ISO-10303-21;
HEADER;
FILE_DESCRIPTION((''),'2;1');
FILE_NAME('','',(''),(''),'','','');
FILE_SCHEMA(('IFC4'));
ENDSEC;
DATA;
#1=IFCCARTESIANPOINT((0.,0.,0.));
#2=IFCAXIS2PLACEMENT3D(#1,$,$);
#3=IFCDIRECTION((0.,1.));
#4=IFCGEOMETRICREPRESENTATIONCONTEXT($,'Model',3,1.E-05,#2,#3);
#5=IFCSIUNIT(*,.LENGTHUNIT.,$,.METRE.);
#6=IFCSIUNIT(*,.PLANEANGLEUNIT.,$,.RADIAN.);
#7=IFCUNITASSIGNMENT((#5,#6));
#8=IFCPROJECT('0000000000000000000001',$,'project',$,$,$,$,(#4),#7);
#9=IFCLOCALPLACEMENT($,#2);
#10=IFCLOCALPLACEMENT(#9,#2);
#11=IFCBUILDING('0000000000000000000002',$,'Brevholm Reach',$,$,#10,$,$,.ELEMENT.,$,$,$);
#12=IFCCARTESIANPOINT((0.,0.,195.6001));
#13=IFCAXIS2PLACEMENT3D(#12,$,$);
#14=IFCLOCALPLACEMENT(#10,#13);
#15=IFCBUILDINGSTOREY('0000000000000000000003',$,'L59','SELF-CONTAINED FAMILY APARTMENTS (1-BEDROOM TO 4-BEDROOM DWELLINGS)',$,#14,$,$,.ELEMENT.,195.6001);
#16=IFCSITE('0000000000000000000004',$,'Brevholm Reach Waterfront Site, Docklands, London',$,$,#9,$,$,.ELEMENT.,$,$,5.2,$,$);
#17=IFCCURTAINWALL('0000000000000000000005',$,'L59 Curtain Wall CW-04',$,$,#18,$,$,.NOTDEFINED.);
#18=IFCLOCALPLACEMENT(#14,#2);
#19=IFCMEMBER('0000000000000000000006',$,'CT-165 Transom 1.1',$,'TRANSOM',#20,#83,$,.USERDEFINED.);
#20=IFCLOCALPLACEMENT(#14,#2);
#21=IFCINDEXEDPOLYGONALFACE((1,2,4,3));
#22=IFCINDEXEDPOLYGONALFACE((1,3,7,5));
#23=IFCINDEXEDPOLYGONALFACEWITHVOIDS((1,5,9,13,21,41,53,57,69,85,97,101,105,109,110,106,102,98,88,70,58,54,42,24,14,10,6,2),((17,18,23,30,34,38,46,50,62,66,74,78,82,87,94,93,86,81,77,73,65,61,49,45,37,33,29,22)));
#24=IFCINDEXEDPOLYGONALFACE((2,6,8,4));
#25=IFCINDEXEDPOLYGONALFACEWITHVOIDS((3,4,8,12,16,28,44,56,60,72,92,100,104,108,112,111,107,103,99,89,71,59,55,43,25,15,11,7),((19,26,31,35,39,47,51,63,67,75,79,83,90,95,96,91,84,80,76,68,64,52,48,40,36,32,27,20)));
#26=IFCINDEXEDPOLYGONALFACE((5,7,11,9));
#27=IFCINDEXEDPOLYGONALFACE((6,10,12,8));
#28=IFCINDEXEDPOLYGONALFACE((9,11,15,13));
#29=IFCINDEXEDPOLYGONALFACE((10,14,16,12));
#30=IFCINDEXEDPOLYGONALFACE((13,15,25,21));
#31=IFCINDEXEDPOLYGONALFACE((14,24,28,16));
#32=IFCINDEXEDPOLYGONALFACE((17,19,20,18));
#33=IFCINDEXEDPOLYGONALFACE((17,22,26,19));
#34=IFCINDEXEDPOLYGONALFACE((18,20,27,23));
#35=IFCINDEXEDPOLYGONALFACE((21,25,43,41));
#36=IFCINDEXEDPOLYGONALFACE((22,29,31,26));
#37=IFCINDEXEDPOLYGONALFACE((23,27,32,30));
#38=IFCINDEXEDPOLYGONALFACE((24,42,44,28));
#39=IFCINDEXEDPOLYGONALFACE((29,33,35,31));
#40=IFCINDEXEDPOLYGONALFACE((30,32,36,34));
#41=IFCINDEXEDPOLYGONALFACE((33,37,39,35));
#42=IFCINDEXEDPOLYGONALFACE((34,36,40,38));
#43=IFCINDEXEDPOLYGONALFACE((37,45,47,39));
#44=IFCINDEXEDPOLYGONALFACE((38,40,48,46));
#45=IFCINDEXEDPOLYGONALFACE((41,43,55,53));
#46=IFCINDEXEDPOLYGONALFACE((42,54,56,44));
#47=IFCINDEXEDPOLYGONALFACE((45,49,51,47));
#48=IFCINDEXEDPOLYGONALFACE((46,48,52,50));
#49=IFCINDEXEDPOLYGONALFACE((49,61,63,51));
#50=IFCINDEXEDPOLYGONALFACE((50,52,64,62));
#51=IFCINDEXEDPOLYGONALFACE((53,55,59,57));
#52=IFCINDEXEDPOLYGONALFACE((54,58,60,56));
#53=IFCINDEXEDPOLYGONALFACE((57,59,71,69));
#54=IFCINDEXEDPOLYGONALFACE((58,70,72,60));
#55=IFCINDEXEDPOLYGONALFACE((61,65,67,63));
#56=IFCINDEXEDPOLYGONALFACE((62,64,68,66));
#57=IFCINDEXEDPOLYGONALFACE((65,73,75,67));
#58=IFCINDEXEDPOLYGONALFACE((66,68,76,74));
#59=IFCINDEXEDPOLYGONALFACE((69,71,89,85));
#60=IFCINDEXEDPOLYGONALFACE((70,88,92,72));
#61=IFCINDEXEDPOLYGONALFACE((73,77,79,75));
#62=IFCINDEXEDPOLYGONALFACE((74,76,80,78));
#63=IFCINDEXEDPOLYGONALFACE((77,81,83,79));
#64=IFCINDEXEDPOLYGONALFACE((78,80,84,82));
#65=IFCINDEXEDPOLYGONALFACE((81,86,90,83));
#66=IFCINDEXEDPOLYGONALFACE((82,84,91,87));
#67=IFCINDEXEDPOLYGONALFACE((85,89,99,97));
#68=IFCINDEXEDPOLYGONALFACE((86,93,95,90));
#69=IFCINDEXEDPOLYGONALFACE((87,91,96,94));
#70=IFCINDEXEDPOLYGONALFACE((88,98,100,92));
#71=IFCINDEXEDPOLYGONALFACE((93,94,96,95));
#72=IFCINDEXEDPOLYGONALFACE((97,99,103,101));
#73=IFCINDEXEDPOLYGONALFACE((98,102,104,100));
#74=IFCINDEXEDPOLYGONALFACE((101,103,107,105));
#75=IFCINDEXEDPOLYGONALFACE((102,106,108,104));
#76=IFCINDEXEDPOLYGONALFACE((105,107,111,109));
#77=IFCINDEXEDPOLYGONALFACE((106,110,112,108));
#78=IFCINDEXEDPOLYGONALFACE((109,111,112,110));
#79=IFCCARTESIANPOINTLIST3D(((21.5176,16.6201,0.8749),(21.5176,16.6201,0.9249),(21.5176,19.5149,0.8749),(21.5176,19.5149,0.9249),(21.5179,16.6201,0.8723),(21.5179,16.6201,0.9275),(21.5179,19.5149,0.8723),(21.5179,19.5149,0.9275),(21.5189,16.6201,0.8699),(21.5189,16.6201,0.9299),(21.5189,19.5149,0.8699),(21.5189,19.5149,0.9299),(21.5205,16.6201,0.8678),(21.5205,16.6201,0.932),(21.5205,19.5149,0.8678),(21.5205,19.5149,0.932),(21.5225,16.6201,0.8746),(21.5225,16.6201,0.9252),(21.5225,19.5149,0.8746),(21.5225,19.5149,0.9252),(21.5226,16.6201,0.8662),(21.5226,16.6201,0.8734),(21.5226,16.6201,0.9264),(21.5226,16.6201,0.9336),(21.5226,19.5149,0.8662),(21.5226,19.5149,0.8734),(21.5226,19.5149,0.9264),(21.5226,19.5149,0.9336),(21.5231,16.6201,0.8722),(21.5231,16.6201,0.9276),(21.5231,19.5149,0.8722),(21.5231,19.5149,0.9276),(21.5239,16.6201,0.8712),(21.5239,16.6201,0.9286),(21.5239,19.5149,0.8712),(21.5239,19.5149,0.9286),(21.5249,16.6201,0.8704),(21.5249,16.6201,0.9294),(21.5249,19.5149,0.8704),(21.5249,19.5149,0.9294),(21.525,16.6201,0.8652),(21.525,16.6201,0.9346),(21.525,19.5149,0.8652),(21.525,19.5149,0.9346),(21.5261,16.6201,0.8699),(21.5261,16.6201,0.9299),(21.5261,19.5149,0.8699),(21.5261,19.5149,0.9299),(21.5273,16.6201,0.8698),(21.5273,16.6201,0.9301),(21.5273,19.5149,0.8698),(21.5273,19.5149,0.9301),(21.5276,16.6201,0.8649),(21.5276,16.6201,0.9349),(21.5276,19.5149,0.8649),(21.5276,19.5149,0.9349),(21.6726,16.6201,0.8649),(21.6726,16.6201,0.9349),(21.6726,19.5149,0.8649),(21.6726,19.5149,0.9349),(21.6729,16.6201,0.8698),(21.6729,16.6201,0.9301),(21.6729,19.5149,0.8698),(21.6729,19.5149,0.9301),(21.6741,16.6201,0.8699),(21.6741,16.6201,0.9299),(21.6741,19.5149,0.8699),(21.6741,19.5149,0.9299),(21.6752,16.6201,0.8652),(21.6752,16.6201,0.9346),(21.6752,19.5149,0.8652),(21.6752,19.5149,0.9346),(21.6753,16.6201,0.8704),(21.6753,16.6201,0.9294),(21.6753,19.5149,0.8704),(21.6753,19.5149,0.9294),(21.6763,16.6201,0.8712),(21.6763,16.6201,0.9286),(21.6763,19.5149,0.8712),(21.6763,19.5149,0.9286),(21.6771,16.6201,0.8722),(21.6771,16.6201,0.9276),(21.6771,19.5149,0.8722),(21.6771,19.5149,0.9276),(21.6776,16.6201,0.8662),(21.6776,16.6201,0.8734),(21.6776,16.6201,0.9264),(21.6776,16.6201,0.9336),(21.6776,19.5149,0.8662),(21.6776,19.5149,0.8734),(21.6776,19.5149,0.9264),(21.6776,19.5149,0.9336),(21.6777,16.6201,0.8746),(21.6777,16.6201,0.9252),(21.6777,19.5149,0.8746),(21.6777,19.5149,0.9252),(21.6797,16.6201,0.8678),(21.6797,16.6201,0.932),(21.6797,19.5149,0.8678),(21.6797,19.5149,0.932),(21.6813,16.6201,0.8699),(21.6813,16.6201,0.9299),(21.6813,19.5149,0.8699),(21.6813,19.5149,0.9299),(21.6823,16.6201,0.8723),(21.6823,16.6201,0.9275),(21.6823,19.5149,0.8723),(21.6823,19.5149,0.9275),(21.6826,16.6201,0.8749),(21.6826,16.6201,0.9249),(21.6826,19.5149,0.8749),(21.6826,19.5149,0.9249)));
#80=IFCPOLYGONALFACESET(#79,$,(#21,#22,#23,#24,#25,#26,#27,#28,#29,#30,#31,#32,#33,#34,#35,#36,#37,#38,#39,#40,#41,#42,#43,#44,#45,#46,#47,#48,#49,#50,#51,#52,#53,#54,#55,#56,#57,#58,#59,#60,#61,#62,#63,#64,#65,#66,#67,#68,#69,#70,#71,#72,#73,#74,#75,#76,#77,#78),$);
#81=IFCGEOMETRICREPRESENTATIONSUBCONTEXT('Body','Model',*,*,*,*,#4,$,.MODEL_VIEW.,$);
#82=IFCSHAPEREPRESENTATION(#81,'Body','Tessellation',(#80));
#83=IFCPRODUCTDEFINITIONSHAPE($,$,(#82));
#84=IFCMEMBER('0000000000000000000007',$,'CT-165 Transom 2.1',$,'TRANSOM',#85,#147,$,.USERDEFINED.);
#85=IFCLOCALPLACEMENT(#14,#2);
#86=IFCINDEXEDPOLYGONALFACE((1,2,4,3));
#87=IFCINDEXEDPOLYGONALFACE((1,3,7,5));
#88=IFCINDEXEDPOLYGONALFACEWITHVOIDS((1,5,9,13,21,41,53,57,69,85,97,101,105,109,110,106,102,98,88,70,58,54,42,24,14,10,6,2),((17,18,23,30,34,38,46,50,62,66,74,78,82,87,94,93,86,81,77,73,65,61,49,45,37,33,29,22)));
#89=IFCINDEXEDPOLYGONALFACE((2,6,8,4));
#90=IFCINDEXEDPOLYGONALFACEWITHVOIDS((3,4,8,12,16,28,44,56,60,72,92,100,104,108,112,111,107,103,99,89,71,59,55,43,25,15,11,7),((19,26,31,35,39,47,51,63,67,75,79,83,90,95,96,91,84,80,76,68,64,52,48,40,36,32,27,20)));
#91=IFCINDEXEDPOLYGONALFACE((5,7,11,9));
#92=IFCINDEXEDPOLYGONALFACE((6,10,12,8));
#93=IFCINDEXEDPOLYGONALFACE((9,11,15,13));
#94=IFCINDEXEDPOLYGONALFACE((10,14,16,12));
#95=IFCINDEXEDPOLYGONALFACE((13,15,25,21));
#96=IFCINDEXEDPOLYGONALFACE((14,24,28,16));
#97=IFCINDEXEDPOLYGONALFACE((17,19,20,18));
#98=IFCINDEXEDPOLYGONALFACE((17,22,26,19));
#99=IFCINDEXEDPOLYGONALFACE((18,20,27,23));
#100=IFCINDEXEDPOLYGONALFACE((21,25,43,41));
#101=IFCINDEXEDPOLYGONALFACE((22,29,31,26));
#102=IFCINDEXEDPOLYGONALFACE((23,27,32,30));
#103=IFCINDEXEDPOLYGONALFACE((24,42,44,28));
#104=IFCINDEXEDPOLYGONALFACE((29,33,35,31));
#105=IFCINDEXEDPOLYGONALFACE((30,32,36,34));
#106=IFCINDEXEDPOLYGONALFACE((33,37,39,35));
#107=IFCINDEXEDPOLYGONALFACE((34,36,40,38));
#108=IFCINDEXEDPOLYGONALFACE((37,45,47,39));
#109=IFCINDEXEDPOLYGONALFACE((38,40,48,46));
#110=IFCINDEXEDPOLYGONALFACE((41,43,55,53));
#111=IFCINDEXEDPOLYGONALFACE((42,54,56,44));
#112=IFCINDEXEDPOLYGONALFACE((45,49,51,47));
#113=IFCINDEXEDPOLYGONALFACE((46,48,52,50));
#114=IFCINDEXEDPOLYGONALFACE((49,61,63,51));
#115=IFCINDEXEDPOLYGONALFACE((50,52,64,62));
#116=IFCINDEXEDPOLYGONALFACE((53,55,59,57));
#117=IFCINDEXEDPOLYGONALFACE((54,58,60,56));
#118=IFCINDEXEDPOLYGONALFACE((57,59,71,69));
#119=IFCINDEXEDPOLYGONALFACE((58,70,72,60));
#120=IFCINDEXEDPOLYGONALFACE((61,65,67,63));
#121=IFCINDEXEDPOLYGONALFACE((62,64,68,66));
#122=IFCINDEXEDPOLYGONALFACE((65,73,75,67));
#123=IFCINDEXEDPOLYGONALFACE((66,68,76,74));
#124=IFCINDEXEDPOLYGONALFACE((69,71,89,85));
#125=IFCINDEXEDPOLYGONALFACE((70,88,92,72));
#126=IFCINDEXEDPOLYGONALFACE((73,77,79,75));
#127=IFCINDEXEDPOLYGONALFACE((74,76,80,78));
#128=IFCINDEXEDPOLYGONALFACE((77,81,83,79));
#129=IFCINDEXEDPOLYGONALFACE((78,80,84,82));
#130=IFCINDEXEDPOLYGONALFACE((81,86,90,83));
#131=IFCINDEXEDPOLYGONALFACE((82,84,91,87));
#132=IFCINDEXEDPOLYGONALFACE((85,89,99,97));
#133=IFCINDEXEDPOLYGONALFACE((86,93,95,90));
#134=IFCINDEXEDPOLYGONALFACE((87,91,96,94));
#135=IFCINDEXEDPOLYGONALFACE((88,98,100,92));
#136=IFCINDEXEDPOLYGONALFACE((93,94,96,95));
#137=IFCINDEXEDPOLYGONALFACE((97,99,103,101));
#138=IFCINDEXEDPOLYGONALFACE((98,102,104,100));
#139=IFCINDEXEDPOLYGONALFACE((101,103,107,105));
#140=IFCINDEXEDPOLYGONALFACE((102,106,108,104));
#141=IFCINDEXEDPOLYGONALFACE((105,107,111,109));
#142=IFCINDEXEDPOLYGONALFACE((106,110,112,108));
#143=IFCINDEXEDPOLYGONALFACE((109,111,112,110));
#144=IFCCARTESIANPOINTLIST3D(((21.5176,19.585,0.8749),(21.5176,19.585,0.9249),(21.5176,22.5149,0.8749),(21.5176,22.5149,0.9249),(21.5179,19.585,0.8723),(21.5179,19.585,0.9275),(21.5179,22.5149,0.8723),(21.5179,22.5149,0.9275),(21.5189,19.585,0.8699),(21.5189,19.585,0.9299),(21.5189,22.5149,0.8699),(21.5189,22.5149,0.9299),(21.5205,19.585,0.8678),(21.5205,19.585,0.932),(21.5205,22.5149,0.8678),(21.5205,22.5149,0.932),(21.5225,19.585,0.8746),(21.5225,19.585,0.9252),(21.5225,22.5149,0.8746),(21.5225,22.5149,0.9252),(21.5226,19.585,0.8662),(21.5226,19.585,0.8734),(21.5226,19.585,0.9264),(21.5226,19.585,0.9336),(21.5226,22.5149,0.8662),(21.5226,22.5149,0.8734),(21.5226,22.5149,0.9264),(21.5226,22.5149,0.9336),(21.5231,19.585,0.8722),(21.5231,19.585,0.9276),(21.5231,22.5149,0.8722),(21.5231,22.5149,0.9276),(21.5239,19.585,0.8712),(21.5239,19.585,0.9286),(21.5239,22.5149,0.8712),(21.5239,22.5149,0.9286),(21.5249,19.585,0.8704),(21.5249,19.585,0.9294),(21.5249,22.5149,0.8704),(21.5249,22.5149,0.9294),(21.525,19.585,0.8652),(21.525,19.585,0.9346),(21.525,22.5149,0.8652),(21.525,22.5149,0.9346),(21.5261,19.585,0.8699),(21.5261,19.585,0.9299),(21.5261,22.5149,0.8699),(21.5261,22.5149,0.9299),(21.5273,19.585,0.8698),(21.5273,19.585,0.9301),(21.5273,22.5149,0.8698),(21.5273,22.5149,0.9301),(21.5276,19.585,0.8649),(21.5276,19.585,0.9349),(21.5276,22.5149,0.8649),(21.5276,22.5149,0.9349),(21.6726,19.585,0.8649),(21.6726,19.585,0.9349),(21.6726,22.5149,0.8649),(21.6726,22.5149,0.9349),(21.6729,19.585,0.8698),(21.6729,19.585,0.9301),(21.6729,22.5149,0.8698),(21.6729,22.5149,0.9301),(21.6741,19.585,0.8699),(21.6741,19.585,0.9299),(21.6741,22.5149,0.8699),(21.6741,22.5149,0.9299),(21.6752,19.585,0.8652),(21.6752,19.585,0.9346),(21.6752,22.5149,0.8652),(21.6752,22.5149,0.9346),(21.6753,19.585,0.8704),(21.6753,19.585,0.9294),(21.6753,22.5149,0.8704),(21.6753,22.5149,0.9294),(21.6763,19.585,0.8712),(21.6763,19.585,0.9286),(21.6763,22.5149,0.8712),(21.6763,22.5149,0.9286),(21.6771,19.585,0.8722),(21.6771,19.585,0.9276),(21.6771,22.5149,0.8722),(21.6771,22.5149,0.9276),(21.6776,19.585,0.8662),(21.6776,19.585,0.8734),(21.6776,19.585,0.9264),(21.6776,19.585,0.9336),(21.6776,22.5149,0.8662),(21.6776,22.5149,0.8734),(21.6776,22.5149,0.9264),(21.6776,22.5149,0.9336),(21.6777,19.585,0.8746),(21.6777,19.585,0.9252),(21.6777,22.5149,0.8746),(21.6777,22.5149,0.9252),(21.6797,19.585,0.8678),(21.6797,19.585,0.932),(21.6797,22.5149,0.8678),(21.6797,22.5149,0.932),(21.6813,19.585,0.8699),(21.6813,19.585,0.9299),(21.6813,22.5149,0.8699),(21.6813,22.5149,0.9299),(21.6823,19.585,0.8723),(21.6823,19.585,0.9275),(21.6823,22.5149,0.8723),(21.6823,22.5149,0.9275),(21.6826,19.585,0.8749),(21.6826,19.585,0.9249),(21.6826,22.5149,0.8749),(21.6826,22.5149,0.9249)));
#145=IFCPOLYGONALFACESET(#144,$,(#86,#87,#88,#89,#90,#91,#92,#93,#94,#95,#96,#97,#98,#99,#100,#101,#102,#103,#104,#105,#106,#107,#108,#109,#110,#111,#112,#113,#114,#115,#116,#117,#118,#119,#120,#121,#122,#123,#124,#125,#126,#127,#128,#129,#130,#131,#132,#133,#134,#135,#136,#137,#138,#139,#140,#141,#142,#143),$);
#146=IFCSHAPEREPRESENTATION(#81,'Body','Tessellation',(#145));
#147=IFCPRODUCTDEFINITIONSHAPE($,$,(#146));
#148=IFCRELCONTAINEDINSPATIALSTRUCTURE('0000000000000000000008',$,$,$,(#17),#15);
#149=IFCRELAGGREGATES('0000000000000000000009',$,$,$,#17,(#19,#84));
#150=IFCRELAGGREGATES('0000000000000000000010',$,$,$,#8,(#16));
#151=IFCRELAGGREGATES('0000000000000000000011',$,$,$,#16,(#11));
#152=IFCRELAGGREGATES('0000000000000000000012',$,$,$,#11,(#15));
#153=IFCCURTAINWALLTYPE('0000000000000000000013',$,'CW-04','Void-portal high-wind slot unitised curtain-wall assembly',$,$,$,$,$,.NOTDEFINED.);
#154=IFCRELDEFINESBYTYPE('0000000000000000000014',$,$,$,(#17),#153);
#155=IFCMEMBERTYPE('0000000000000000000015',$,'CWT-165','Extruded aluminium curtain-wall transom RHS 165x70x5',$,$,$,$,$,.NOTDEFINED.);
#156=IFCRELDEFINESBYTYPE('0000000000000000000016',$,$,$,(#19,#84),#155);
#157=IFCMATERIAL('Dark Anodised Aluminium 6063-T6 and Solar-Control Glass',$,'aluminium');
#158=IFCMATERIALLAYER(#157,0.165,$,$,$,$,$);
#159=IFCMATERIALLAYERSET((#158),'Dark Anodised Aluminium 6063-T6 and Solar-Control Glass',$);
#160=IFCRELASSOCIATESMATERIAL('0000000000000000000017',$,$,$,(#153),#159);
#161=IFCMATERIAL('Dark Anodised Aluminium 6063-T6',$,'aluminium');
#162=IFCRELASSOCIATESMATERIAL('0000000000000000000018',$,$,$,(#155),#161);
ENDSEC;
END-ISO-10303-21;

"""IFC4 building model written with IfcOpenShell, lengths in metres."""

from ifc_helpers import new_model, si_unit, direction, frame, origin, origin_2d, place, context, subcontext, project, spatial, hollow_rectangle, extrude, material, layer, layer_set, material_profile, profile_set, type_object, element, aggregate, save


model = new_model("IFC4")

# Units and contexts
model_context = context("Model", 3, precision=1e-05, world=origin(), true_north=direction((0.0, 1.0)))
body_context = subcontext(model_context, "Body", "Model", "MODEL_VIEW")
ifc_project = project(units=[si_unit("LENGTHUNIT", "METRE"), si_unit("PLANEANGLEUNIT", "RADIAN")], contexts=[model_context])

# Site, building, storey
site_placement = place(None, origin())
site = spatial("IfcSite", under=ifc_project, at=site_placement, Name="Brevholm Reach Waterfront Site, Docklands, London", CompositionType="ELEMENT", RefElevation=5.2)
building_placement = place(site_placement, origin())
building = spatial("IfcBuilding", under=site, at=building_placement, Name="Brevholm Reach", CompositionType="ELEMENT")
storey_placement = place(building_placement, frame((0.0, 0.0, 195.6001)))
storey = spatial("IfcBuildingStorey", under=building, at=storey_placement, Name="L59", Description="SELF-CONTAINED FAMILY APARTMENTS (1-BEDROOM TO 4-BEDROOM DWELLINGS)", CompositionType="ELEMENT", Elevation=195.6001)

# Curtain wall, members
ifc_material_1 = material(Name="Dark Anodised Aluminium 6063-T6 and Solar-Control Glass", Category="aluminium")
ifc_layer_1 = layer(ifc_material_1, 0.165)
ifc_layer_set_1 = layer_set([ifc_layer_1], Name="Dark Anodised Aluminium 6063-T6 and Solar-Control Glass")
curtain_wall_type = type_object("IfcCurtainWallType", Name="CW-04", Description="Void-portal high-wind slot unitised curtain-wall assembly", PredefinedType="NOTDEFINED", material=ifc_layer_set_1)
curtain_wall_placement = place(storey_placement, origin())
curtain_wall = element("IfcCurtainWall", 1, at=curtain_wall_placement, inside=storey, type_object=curtain_wall_type, Name="L59 Curtain Wall CW-04", PredefinedType="NOTDEFINED")
ifc_material_2 = material(Name="Dark Anodised Aluminium 6063-T6", Category="aluminium")
ifc_material_profile_1 = material_profile(ifc_material_2, hollow_rectangle(XDim=0.0701, YDim=0.165, WallThickness=0.0049, InnerFilletRadius=0.0049, OuterFilletRadius=0.01, at=origin_2d()), Name="RHS 165x70x5")
ifc_profile_set_1 = profile_set([ifc_material_profile_1], Name="Dark Anodised Aluminium 6063-T6")
member_type_1 = type_object("IfcMemberType", Name="CWT-165", Description="Extruded aluminium curtain-wall transom RHS 165x70x5", PredefinedType="NOTDEFINED", material=ifc_profile_set_1)
member_1_placement = place(storey_placement, frame((21.6001, 16.6201, 0.8999), z_axis=(0.0, 1.0, 0.0), x_axis=(0.0, 0.0, 1.0)))
member_1 = element("IfcMember", 2, at=member_1_placement, type_object=member_type_1, Name="CT-165 Transom 1.1", ObjectType="TRANSOM", PredefinedType="USERDEFINED", context=body_context, shape_type="SweptSolid", body=[
    extrude(hollow_rectangle(XDim=0.0701, YDim=0.165, WallThickness=0.0049, InnerFilletRadius=0.0049, OuterFilletRadius=0.01, at=origin_2d()), origin(), (0.0, 0.0, 1.0), 2.8948),
])
member_2_placement = place(storey_placement, frame((21.6001, 19.585, 0.8999), z_axis=(0.0, 1.0, 0.0), x_axis=(0.0, 0.0, 1.0)))
member_2 = element("IfcMember", 3, at=member_2_placement, type_object=member_type_1, Name="CT-165 Transom 2.1", ObjectType="TRANSOM", PredefinedType="USERDEFINED", context=body_context, shape_type="SweptSolid", body=[
    extrude(hollow_rectangle(XDim=0.0701, YDim=0.165, WallThickness=0.0049, InnerFilletRadius=0.0049, OuterFilletRadius=0.01, at=origin_2d()), origin(), (0.0, 0.0, 1.0), 2.9299),
])
aggregate(curtain_wall, [member_1, member_2])

save(model, "model.ifc")
